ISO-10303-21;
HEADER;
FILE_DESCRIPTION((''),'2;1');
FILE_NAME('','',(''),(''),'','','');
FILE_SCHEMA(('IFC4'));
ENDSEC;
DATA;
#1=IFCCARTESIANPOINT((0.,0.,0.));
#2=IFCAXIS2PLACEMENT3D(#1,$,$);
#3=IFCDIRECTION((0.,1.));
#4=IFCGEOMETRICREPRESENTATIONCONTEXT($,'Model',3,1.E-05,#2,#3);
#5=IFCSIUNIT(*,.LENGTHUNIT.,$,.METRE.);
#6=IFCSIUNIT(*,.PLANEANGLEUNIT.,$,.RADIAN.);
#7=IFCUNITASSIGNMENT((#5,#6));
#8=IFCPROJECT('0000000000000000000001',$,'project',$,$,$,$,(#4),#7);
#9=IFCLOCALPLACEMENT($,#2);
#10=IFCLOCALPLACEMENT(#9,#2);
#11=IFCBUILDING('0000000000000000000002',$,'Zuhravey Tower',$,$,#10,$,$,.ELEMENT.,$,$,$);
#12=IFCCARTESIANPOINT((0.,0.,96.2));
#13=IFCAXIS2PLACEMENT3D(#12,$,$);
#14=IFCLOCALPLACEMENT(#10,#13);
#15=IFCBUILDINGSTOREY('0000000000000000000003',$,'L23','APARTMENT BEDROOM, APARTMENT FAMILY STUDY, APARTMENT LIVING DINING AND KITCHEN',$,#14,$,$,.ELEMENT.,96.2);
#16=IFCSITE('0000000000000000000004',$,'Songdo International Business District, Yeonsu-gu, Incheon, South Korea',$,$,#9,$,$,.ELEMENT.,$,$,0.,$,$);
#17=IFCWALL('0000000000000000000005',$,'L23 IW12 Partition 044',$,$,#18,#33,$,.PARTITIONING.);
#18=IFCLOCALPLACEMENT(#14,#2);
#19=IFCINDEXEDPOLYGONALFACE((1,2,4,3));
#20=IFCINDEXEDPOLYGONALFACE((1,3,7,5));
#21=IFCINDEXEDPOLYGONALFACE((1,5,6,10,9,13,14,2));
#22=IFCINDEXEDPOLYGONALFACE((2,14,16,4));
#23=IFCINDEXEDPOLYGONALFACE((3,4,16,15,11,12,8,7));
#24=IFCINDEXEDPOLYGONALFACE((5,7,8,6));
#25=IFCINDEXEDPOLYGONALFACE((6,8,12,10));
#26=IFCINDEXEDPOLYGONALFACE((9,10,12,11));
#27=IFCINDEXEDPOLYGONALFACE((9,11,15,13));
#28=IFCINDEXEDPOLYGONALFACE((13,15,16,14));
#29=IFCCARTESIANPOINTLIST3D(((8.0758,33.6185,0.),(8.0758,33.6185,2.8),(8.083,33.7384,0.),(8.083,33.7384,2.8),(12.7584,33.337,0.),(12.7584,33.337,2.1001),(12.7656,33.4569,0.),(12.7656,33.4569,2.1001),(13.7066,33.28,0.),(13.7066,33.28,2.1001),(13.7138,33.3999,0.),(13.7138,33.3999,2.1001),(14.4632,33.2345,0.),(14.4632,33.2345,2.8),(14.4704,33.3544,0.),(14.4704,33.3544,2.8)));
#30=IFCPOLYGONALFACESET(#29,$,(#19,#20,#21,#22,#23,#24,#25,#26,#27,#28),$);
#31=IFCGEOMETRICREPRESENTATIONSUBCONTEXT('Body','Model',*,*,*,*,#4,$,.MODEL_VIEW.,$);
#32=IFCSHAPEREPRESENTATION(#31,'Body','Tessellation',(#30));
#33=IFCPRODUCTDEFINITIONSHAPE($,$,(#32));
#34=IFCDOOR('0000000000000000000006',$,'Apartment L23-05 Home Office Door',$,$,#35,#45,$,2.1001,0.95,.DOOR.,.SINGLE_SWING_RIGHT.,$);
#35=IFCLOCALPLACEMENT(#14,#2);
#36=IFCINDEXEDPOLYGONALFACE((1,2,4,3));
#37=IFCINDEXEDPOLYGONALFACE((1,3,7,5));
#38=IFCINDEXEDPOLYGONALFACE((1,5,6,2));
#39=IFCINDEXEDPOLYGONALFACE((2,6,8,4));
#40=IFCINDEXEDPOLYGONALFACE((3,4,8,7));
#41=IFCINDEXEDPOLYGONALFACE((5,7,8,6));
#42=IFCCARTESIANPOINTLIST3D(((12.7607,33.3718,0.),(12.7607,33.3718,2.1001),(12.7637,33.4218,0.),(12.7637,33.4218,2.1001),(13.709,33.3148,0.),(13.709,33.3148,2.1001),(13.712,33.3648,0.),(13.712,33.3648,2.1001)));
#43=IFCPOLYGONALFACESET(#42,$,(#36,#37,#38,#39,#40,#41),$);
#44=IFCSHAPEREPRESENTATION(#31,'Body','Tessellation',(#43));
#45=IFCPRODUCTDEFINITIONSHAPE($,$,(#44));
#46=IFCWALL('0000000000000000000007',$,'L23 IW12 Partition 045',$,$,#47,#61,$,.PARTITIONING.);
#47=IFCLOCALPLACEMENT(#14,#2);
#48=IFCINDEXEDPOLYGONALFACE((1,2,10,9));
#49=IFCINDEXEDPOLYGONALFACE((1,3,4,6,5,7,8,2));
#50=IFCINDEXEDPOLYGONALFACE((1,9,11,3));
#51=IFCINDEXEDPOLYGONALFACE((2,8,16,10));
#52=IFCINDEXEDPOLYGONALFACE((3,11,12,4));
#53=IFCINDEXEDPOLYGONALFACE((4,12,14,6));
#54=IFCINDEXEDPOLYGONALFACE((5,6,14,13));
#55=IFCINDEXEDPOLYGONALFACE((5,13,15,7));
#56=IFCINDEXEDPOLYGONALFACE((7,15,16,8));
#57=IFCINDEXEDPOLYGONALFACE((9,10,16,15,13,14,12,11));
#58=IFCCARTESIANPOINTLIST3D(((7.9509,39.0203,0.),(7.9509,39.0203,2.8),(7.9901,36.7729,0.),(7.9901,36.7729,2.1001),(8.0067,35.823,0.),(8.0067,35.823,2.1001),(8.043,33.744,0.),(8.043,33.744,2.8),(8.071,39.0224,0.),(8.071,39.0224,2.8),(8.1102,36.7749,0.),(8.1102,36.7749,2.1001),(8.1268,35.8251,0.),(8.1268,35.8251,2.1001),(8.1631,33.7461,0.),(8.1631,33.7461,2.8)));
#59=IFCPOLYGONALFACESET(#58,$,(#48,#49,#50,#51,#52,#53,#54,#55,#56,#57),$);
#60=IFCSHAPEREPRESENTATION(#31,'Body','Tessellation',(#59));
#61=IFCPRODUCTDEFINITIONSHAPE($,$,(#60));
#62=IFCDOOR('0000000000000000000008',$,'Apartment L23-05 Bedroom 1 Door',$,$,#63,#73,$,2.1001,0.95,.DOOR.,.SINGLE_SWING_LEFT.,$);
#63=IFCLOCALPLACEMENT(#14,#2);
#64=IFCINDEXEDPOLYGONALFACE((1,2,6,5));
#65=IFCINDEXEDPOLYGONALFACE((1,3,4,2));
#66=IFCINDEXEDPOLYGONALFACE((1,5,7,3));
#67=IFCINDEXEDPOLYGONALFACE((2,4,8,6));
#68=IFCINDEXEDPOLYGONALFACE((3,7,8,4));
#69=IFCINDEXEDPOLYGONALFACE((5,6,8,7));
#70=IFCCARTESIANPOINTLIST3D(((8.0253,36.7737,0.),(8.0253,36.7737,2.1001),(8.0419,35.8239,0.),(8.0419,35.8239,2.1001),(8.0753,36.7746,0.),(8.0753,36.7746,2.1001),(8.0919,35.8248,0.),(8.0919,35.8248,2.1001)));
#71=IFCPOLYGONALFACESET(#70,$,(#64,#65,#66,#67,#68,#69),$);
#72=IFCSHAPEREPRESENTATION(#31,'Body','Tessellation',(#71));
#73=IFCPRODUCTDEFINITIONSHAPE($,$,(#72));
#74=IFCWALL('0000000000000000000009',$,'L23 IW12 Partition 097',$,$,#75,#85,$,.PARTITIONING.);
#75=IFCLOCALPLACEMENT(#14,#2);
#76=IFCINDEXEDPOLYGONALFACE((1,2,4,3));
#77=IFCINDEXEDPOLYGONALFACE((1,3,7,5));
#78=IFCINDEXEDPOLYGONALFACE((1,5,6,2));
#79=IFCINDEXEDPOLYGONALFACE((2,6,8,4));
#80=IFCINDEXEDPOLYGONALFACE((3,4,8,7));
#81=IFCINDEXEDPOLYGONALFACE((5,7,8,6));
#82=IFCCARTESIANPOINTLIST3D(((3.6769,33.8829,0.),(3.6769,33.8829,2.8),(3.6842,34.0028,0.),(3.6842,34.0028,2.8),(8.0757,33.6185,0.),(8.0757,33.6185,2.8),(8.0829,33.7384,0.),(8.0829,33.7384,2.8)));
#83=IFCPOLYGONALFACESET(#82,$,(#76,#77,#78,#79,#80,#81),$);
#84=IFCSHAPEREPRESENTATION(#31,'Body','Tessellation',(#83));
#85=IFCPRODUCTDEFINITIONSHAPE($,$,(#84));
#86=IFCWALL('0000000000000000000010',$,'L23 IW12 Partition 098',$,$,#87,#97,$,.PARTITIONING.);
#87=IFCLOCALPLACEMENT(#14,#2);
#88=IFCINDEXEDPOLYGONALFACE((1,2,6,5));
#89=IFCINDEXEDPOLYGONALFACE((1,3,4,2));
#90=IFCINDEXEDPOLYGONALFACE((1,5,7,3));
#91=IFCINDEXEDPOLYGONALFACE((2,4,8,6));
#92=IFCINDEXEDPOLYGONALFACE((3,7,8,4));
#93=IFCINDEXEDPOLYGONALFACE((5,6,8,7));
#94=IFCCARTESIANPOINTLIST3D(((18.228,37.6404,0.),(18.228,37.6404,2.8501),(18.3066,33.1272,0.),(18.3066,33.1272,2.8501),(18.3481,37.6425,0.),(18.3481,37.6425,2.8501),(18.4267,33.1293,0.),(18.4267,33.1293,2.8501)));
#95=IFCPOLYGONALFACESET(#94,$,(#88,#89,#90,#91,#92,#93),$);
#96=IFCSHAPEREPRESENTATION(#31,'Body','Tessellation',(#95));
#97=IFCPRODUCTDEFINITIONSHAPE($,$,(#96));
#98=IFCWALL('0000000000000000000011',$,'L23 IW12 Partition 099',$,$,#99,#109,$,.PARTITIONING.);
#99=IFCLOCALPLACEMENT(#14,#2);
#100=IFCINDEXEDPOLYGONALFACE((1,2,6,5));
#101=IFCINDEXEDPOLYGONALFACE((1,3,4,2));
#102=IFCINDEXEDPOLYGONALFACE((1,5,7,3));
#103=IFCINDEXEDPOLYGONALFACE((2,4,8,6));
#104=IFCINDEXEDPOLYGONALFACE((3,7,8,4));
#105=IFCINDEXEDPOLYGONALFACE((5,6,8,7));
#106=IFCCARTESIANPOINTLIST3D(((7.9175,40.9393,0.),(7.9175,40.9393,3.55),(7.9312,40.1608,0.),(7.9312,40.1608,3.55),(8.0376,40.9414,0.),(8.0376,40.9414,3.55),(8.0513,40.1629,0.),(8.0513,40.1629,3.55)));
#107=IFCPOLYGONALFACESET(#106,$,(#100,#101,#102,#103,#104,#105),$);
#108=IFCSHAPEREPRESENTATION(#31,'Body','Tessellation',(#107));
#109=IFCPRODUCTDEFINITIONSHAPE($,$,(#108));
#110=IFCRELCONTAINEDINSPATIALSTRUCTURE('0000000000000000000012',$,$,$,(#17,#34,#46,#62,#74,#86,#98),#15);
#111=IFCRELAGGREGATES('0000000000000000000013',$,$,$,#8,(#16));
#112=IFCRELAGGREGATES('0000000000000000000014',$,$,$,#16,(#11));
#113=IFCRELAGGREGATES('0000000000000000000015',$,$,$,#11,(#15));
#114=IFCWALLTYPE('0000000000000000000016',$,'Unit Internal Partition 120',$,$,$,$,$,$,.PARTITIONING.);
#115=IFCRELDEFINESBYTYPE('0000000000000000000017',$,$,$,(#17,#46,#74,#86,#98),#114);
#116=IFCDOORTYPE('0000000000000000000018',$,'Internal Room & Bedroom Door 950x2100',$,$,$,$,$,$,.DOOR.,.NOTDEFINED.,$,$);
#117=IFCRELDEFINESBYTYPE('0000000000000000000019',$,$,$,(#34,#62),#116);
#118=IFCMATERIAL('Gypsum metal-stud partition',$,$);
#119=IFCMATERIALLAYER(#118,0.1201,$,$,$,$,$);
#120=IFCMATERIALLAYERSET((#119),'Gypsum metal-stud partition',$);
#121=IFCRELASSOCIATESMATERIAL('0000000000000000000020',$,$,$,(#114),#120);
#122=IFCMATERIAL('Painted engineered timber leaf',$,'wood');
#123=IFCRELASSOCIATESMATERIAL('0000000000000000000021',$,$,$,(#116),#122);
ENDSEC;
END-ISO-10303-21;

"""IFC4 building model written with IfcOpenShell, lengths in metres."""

from ifc_helpers import new_model, si_unit, direction, frame, frame_2d, origin, place, context, subcontext, project, spatial, rectangle, extrude, material, layer, layer_set, type_object, element, fill, save


model = new_model("IFC4")

# Units and contexts
model_context = context("Model", 3, precision=1e-05, world=origin(), true_north=direction((0.0, 1.0)))
body_context = subcontext(model_context, "Body", "Model", "MODEL_VIEW")
ifc_project = project(units=[si_unit("LENGTHUNIT", "METRE"), si_unit("PLANEANGLEUNIT", "RADIAN")], contexts=[model_context])

# Site, building, storey
site_placement = place(None, origin())
site = spatial("IfcSite", under=ifc_project, at=site_placement, Name="Songdo International Business District, Yeonsu-gu, Incheon, South Korea", CompositionType="ELEMENT", RefElevation=0.0)
building_placement = place(site_placement, origin())
building = spatial("IfcBuilding", under=site, at=building_placement, Name="Zuhravey Tower", CompositionType="ELEMENT")
storey_placement = place(building_placement, frame((0.0, 0.0, 96.2)))
storey = spatial("IfcBuildingStorey", under=building, at=storey_placement, Name="L23", Description="APARTMENT BEDROOM, APARTMENT FAMILY STUDY, APARTMENT LIVING DINING AND KITCHEN", CompositionType="ELEMENT", Elevation=96.2)

# Shared definitions
ifc_material_1 = material(Name="Gypsum metal-stud partition")
ifc_layer_1 = layer(ifc_material_1, 0.1201)
ifc_layer_set_1 = layer_set([ifc_layer_1], Name="Gypsum metal-stud partition")
wall_type_1 = type_object("IfcWallType", Name="Unit Internal Partition 120", PredefinedType="PARTITIONING", material=ifc_layer_set_1)
ifc_material_2 = material(Name="Painted engineered timber leaf", Category="wood")
door_type_1 = type_object("IfcDoorType", Name="Internal Room & Bedroom Door 950x2100", OperationType="NOTDEFINED", PredefinedType="DOOR", material=ifc_material_2)

# Walls, openings, doors
wall_1_placement = place(storey_placement, frame((14.4668, 33.2944, 0.0), z_axis=(0.0, 0.0, 1.0), x_axis=(-0.998197, 0.060015, 0.0)))
wall_1 = element("IfcWall", 1, at=wall_1_placement, inside=storey, type_object=wall_type_1, Name="L23 IW12 Partition 044", PredefinedType="PARTITIONING", context=body_context, shape_type="SweptSolid", body=[
    extrude(rectangle(XDim=6.3989, YDim=0.1201, at=frame_2d((3.1995, 0.0))), origin(), (0.0, 0.0, 1.0), 2.8),
])
opening_1_placement = place(wall_1_placement, frame((0.7578, 0.0, 0.0)))
opening_1 = element("IfcOpeningElement", 2, at=opening_1_placement, cuts=wall_1, PredefinedType="OPENING", context=body_context, shape_type="SweptSolid", body=[
    extrude(rectangle(XDim=0.95, YDim=2.1001, at=frame_2d((0.4751, 1.05))), frame((0.0, 0.072, 0.0), z_axis=(0.0, -1.0, 0.0), x_axis=(1.0, 0.0, 0.0)), (0.0, 0.0, 1.0), 0.144),
])
door_1_placement = place(opening_1_placement, frame((0.95, 0.0, 0.0), z_axis=(0.0, 0.0, 1.0), x_axis=(-1.0, 0.0, 0.0)))
door_1 = element("IfcDoor", 3, at=door_1_placement, inside=storey, type_object=door_type_1, Name="Apartment L23-05 Home Office Door", OperationType="SINGLE_SWING_RIGHT", OverallHeight=2.1001, OverallWidth=0.95, PredefinedType="DOOR", context=body_context, shape_type="SweptSolid", body=[
    extrude(rectangle(XDim=0.95, YDim=2.1001, at=frame_2d((0.4751, 1.05))), frame((0.0, 0.0249, 0.0), z_axis=(0.0, -1.0, 0.0), x_axis=(1.0, 0.0, 0.0)), (0.0, 0.0, 1.0), 0.05),
])
fill(opening_1, door_1)
wall_2_placement = place(storey_placement, frame((8.011, 39.0215, 0.0), z_axis=(0.0, 0.0, 1.0), x_axis=(0.017441, -0.999848, 0.0)))
wall_2 = element("IfcWall", 4, at=wall_2_placement, inside=storey, type_object=wall_type_1, Name="L23 IW12 Partition 045", PredefinedType="PARTITIONING", context=body_context, shape_type="SweptSolid", body=[
    extrude(rectangle(XDim=5.2771, YDim=0.1201, at=frame_2d((2.6387, 0.0))), origin(), (0.0, 0.0, 1.0), 2.8),
])
opening_2_placement = place(wall_2_placement, frame((2.2478, 0.0, 0.0)))
opening_2 = element("IfcOpeningElement", 5, at=opening_2_placement, cuts=wall_2, PredefinedType="OPENING", context=body_context, shape_type="SweptSolid", body=[
    extrude(rectangle(XDim=0.95, YDim=2.1001, at=frame_2d((0.4751, 1.05))), frame((0.0, 0.072, 0.0), z_axis=(0.0, -1.0, 0.0), x_axis=(1.0, 0.0, 0.0)), (0.0, 0.0, 1.0), 0.144),
])
door_2_placement = place(opening_2_placement, frame((0.95, 0.0, 0.0), z_axis=(0.0, 0.0, 1.0), x_axis=(-1.0, 0.0, 0.0)))
door_2 = element("IfcDoor", 6, at=door_2_placement, inside=storey, type_object=door_type_1, Name="Apartment L23-05 Bedroom 1 Door", OperationType="SINGLE_SWING_LEFT", OverallHeight=2.1001, OverallWidth=0.95, PredefinedType="DOOR", context=body_context, shape_type="SweptSolid", body=[
    extrude(rectangle(XDim=0.95, YDim=2.1001, at=frame_2d((0.4751, 1.05))), frame((0.0, 0.0249, 0.0), z_axis=(0.0, -1.0, 0.0), x_axis=(1.0, 0.0, 0.0)), (0.0, 0.0, 1.0), 0.05),
])
fill(opening_2, door_2)

# Walls
wall_3_placement = place(storey_placement, frame((8.0793, 33.6785, 0.0), z_axis=(0.0, 0.0, 1.0), x_axis=(-0.998198, 0.060002, 0.0)))
element("IfcWall", 7, at=wall_3_placement, inside=storey, type_object=wall_type_1, Name="L23 IW12 Partition 097", PredefinedType="PARTITIONING", context=body_context, shape_type="SweptSolid", body=[
    extrude(rectangle(XDim=4.4067, YDim=0.1201, at=frame_2d((2.2034, 0.0))), origin(), (0.0, 0.0, 1.0), 2.8),
])
wall_4_placement = place(storey_placement, frame((18.2881, 37.6414, 0.0), z_axis=(0.0, 0.0, 1.0), x_axis=(0.017416, -0.999848, 0.0)))
element("IfcWall", 8, at=wall_4_placement, inside=storey, type_object=wall_type_1, Name="L23 IW12 Partition 098", PredefinedType="PARTITIONING", context=body_context, shape_type="SweptSolid", body=[
    extrude(rectangle(XDim=4.5139, YDim=0.1201, at=frame_2d((2.2568, 0.0))), origin(), (0.0, 0.0, 1.0), 2.8501),
])
wall_5_placement = place(storey_placement, frame((7.9775, 40.9402, 0.0), z_axis=(0.0, 0.0, 1.0), x_axis=(0.017558, -0.999846, 0.0)))
element("IfcWall", 9, at=wall_5_placement, inside=storey, type_object=wall_type_1, Name="L23 IW12 Partition 099", PredefinedType="PARTITIONING", context=body_context, shape_type="SweptSolid", body=[
    extrude(rectangle(XDim=0.7786, YDim=0.1201, at=frame_2d((0.3892, 0.0))), origin(), (0.0, 0.0, 1.0), 3.55),
])

save(model, "model.ifc")
